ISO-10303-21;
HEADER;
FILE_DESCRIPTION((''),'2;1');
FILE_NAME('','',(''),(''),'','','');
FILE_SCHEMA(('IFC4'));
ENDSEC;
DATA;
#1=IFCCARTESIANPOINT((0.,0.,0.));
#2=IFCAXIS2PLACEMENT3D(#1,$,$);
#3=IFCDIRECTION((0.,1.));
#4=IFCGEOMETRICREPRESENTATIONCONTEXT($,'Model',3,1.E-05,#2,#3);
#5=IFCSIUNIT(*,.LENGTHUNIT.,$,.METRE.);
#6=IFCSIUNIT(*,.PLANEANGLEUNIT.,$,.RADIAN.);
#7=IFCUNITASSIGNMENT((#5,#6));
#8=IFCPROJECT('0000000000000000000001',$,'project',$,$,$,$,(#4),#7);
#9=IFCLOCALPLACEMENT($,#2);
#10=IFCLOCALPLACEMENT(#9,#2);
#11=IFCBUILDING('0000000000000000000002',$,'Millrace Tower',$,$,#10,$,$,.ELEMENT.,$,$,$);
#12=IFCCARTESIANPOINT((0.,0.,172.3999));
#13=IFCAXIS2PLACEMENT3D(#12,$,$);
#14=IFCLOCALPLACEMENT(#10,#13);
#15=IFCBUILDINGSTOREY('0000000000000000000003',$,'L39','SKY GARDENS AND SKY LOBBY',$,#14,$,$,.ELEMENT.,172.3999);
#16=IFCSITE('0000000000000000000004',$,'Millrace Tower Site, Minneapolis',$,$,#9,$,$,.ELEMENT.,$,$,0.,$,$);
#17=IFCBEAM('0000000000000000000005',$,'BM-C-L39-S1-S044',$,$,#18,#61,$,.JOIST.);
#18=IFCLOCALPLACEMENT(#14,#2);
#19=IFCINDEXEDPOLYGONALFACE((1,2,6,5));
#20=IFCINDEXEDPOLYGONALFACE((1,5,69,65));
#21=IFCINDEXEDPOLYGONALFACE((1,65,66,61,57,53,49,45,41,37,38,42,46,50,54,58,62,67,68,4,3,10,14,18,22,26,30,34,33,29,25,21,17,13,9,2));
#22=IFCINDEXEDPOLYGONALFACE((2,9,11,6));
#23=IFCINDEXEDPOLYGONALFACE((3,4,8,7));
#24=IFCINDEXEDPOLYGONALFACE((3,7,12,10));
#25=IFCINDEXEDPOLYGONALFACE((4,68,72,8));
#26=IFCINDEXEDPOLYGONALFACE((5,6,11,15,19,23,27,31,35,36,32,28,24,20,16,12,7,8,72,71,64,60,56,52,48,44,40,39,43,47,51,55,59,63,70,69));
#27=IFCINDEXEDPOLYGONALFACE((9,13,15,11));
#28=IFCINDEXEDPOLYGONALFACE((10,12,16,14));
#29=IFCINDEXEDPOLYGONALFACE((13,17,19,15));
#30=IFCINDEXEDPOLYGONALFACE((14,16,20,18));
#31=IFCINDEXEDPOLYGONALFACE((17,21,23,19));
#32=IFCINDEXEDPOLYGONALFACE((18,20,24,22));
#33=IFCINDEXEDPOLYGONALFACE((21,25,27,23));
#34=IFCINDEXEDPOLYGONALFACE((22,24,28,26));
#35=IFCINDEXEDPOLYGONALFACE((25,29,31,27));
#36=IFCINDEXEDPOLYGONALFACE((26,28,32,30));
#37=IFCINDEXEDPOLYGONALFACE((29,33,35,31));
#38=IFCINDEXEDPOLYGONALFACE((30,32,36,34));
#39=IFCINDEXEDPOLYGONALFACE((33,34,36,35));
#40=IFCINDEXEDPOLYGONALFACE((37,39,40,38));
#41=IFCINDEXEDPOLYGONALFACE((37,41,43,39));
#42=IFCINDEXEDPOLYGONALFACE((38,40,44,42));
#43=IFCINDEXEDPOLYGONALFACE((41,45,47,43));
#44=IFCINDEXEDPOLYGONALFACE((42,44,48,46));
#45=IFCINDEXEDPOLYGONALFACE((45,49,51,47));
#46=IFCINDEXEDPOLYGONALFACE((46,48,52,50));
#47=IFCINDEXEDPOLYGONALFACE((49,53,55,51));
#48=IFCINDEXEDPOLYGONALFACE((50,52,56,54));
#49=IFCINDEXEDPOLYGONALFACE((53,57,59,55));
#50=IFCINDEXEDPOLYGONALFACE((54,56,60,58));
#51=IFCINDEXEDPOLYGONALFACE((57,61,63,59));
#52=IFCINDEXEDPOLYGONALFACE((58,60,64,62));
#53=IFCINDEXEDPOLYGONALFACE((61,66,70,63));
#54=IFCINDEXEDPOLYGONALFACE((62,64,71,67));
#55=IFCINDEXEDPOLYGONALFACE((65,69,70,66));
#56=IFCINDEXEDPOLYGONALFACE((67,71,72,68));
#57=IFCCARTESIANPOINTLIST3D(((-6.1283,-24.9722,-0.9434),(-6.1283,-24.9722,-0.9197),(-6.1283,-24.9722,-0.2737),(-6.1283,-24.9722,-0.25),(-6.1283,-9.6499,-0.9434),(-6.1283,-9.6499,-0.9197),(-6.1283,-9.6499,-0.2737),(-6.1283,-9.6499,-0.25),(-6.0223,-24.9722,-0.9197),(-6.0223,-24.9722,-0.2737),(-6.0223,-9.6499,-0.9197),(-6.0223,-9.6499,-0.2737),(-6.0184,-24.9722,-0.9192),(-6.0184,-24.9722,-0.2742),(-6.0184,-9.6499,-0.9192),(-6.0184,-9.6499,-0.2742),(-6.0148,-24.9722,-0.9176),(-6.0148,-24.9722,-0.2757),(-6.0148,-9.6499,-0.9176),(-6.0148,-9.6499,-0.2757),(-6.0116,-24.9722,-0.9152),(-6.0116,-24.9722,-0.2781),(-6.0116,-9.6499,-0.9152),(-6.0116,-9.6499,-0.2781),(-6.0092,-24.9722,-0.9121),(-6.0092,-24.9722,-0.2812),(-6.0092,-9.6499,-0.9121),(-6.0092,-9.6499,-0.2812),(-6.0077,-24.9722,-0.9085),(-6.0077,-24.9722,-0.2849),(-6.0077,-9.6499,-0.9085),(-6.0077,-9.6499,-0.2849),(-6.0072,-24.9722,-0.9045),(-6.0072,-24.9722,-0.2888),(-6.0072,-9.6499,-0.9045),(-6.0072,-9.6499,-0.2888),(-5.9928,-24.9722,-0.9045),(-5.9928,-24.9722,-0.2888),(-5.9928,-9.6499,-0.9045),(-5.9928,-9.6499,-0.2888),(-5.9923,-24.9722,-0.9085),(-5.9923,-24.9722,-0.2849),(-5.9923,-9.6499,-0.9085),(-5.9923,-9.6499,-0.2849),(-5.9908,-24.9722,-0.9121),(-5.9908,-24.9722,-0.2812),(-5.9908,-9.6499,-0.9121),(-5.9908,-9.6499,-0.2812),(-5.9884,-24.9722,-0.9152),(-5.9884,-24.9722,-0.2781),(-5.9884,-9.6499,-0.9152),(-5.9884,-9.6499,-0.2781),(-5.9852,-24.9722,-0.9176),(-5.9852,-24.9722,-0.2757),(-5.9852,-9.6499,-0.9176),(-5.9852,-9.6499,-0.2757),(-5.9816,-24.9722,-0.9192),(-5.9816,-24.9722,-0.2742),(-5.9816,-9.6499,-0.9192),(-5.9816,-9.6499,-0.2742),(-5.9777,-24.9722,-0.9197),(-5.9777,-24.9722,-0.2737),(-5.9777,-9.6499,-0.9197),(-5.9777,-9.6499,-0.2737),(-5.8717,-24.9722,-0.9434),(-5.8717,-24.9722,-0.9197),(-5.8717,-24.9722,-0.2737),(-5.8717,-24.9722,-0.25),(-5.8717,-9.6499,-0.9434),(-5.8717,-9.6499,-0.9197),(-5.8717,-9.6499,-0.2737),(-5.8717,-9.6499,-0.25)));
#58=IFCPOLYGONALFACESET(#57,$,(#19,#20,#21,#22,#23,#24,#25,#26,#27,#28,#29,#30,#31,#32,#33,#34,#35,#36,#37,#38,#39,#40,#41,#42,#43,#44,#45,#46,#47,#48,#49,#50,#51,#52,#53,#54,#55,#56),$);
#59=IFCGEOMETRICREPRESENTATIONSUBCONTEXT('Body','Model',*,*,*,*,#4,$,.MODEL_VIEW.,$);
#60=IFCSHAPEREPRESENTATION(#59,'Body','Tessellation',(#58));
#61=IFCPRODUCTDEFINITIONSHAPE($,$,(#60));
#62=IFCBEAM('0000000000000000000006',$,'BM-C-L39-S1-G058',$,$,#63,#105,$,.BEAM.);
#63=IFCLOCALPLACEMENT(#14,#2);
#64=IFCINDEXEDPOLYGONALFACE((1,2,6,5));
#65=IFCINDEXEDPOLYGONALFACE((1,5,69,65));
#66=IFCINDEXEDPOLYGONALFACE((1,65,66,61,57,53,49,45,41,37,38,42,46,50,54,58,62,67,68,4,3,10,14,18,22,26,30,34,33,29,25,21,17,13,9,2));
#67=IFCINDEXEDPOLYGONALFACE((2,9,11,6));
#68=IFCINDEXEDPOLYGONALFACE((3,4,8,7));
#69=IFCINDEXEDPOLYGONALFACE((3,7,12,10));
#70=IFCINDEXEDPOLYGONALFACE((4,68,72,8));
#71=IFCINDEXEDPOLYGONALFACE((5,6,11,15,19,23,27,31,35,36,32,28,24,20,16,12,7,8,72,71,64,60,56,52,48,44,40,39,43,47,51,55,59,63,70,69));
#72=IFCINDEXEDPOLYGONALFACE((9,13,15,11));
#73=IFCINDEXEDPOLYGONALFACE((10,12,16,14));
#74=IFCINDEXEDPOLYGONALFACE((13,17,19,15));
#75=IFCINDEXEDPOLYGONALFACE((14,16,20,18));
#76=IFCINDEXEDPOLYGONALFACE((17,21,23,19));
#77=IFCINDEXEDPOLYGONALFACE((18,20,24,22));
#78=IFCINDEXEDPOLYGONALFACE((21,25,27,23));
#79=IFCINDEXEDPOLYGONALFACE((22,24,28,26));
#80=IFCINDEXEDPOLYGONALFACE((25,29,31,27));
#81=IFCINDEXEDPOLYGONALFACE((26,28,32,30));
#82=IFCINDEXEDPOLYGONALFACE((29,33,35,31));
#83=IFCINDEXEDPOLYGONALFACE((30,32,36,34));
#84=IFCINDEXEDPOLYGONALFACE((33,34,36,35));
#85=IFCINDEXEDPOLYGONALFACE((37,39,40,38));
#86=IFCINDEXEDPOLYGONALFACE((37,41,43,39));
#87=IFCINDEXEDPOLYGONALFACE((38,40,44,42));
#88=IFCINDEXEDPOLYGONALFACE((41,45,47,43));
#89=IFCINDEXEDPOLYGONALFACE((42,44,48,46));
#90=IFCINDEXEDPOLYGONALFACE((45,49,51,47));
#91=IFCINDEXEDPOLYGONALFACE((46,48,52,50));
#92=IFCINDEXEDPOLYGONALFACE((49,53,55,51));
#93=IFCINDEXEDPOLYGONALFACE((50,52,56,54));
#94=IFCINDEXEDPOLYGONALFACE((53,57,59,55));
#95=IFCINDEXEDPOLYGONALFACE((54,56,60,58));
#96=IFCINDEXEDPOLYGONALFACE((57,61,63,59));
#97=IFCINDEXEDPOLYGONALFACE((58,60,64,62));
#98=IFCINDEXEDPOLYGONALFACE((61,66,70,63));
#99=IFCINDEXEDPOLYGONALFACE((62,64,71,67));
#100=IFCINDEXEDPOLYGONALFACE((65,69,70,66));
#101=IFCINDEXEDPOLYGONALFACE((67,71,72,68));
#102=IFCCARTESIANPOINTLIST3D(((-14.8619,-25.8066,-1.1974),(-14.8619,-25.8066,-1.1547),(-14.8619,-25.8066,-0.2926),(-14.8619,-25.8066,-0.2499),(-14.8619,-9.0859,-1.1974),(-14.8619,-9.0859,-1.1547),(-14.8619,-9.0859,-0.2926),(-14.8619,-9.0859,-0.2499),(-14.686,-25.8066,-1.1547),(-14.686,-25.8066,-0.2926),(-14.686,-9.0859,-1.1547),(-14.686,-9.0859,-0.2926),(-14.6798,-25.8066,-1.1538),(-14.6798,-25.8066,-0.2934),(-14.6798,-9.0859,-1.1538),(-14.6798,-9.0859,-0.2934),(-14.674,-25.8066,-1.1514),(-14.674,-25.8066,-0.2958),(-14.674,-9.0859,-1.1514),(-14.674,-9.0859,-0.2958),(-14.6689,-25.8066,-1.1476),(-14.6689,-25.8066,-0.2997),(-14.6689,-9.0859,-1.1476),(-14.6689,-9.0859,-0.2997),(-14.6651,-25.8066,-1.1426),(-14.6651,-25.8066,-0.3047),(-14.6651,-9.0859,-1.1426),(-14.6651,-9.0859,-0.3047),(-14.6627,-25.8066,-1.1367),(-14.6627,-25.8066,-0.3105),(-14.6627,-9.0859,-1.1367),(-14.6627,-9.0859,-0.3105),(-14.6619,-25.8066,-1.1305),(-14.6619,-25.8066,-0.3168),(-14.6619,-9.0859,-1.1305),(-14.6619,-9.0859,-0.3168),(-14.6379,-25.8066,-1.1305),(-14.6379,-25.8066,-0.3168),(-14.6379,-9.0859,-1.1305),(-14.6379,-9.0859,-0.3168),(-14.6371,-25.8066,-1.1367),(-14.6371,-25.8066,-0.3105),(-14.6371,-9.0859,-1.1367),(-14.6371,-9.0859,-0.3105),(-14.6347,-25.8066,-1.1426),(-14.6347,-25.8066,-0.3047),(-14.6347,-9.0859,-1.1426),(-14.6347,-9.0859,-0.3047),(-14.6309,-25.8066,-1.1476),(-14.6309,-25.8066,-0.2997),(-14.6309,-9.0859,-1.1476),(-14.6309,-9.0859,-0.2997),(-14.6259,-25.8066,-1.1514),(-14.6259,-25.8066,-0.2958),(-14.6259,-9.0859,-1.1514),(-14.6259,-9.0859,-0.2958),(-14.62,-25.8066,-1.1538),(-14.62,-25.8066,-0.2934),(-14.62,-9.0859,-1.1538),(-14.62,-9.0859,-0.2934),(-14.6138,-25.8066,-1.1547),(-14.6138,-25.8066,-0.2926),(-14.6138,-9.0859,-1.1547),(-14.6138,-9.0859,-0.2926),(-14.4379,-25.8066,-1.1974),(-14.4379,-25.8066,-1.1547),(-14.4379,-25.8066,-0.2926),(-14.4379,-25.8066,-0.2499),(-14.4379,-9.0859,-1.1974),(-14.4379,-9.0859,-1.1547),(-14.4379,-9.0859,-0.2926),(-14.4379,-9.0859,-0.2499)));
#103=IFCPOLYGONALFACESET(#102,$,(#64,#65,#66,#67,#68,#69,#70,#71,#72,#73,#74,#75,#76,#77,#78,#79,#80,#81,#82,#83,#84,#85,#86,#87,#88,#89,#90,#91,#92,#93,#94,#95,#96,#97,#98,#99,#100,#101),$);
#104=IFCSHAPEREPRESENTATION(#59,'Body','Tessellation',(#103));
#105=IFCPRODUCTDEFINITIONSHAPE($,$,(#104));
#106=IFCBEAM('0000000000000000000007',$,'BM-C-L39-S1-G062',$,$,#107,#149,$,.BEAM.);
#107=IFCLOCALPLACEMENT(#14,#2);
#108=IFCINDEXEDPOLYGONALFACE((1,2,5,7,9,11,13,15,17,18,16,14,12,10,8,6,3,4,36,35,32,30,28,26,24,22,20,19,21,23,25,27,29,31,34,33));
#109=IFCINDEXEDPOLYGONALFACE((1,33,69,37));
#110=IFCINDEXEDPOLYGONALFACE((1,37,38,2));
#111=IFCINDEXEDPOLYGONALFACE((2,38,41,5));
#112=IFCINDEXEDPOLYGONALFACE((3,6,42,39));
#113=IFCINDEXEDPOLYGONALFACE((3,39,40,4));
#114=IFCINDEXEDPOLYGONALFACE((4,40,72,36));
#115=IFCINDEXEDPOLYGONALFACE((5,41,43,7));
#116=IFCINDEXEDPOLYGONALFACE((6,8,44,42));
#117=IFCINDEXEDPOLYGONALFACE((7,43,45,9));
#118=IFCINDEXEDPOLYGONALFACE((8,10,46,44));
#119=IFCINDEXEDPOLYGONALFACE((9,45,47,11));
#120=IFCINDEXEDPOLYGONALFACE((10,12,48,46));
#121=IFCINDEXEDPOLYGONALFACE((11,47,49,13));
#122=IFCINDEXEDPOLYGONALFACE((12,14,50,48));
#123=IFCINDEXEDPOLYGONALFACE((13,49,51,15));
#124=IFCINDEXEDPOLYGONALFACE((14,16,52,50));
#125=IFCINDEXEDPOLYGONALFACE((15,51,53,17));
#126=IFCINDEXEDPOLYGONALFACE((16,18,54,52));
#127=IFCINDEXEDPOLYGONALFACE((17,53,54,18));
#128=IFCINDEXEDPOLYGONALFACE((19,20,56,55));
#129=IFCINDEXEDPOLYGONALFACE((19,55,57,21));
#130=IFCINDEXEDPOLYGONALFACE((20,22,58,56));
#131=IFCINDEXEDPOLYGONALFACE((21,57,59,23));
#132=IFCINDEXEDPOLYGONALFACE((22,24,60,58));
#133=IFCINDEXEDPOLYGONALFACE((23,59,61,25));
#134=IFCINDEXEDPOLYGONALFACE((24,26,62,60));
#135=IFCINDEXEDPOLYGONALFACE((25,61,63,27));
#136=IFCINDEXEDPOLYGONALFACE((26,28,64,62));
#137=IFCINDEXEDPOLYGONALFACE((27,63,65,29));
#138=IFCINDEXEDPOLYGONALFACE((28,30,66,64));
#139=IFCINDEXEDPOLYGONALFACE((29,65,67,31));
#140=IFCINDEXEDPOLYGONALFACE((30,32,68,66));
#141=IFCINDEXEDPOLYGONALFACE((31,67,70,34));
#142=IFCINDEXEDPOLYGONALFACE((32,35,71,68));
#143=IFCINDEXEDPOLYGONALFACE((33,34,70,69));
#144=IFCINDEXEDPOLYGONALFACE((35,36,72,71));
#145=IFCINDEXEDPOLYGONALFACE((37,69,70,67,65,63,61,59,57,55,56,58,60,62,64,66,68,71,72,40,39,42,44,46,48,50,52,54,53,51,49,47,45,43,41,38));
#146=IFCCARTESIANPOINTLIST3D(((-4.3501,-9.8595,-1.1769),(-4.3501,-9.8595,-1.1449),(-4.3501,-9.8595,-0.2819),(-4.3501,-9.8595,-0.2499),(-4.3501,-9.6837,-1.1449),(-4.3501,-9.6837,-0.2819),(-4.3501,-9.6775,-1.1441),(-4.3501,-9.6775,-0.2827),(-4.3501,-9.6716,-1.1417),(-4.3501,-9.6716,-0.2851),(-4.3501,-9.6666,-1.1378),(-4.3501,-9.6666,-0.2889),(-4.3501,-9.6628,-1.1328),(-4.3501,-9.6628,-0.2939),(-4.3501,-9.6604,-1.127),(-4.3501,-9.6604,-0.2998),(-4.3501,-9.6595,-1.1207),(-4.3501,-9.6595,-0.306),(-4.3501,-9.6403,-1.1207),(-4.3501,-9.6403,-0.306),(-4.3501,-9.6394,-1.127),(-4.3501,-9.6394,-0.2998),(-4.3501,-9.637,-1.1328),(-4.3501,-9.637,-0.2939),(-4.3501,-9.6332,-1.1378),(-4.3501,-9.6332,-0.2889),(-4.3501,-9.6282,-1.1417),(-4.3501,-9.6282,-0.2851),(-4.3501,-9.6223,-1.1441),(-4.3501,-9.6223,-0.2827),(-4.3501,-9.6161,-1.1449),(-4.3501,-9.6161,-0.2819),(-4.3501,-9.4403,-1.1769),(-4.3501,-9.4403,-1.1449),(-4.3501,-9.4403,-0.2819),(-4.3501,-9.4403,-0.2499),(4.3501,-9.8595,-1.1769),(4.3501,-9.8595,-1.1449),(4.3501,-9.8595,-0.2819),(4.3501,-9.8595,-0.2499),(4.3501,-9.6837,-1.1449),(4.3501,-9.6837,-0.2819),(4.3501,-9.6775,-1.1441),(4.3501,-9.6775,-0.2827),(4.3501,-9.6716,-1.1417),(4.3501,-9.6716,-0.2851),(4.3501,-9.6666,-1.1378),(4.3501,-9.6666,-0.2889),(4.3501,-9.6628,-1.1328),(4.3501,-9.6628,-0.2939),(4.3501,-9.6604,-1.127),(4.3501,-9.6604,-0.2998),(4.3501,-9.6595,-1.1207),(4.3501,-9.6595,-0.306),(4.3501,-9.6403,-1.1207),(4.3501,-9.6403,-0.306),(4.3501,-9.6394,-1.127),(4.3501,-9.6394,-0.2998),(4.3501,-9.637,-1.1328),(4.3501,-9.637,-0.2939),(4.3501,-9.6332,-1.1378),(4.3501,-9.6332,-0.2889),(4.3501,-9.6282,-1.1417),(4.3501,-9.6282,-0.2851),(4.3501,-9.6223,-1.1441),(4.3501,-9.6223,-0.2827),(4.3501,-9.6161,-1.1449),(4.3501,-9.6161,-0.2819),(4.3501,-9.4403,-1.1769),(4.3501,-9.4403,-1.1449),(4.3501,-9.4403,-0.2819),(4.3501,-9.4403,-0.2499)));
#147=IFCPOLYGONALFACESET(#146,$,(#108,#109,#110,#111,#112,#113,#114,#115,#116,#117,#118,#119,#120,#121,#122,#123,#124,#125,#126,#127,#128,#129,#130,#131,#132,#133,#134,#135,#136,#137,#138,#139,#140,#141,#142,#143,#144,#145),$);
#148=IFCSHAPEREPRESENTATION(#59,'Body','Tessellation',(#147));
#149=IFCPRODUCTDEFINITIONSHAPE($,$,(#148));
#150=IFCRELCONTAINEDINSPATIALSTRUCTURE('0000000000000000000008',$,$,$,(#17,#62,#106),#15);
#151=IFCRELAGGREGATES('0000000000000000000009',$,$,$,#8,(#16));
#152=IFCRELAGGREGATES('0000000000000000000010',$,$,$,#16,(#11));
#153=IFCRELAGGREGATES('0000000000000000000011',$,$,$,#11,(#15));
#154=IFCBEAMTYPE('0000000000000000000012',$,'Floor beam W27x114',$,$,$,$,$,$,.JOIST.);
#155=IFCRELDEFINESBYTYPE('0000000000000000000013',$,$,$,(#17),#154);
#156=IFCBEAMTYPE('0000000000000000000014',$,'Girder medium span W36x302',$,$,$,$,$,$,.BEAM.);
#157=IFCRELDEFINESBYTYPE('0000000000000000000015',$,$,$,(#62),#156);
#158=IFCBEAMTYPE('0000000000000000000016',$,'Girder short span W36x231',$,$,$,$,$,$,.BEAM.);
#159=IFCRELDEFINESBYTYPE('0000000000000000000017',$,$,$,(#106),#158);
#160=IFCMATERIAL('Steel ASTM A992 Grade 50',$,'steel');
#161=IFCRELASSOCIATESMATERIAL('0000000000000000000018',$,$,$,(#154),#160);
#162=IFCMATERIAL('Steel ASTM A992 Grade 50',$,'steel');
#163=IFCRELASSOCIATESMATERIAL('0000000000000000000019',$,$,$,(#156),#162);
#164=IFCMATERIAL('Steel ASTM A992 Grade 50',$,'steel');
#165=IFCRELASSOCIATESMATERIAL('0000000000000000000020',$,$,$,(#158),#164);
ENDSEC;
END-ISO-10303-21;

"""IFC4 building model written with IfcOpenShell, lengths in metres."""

from ifc_helpers import new_model, si_unit, direction, frame, origin, origin_2d, place, context, subcontext, project, spatial, i_section, extrude, material, material_profile, profile_set, type_object, element, save


model = new_model("IFC4")

# Units and contexts
model_context = context("Model", 3, precision=1e-05, world=origin(), true_north=direction((0.0, 1.0)))
body_context = subcontext(model_context, "Body", "Model", "MODEL_VIEW")
ifc_project = project(units=[si_unit("LENGTHUNIT", "METRE"), si_unit("PLANEANGLEUNIT", "RADIAN")], contexts=[model_context])

# Site, building, storey
site_placement = place(None, origin())
site = spatial("IfcSite", under=ifc_project, at=site_placement, Name="Millrace Tower Site, Minneapolis", CompositionType="ELEMENT", RefElevation=0.0)
building_placement = place(site_placement, origin())
building = spatial("IfcBuilding", under=site, at=building_placement, Name="Millrace Tower", CompositionType="ELEMENT")
storey_placement = place(building_placement, frame((0.0, 0.0, 172.3999)))
storey = spatial("IfcBuildingStorey", under=building, at=storey_placement, Name="L39", Description="SKY GARDENS AND SKY LOBBY", CompositionType="ELEMENT", Elevation=172.3999)

# Beams
ifc_material_1 = material(Name="Steel ASTM A992 Grade 50", Category="steel")
ifc_material_profile_1 = material_profile(ifc_material_1, i_section(OverallWidth=0.2566, OverallDepth=0.6934, WebThickness=0.0144, FlangeThickness=0.0237, FilletRadius=0.0151, at=origin_2d()))
ifc_profile_set_1 = profile_set([ifc_material_profile_1], Name="Steel ASTM A992 Grade 50")
beam_type_1 = type_object("IfcBeamType", Name="Floor beam W27x114", PredefinedType="JOIST", material=ifc_profile_set_1)
beam_1_placement = place(storey_placement, frame((-6.0, -24.9722, -0.5967), z_axis=(0.0, 1.0, 0.0), x_axis=(-1.0, 0.0, 0.0)))
element("IfcBeam", 1, at=beam_1_placement, inside=storey, type_object=beam_type_1, Name="BM-C-L39-S1-S044", PredefinedType="JOIST", context=body_context, shape_type="SweptSolid", body=[
    extrude(i_section(OverallWidth=0.2566, OverallDepth=0.6934, WebThickness=0.0144, FlangeThickness=0.0237, FilletRadius=0.0151, at=origin_2d()), origin(), (0.0, 0.0, 1.0), 15.3223),
])
ifc_material_2 = material(Name="Steel ASTM A992 Grade 50", Category="steel")
ifc_material_profile_2 = material_profile(ifc_material_2, i_section(OverallWidth=0.4241, OverallDepth=0.9475, WebThickness=0.0239, FlangeThickness=0.0427, FilletRadius=0.0242, at=origin_2d()))
ifc_profile_set_2 = profile_set([ifc_material_profile_2], Name="Steel ASTM A992 Grade 50")
beam_type_2 = type_object("IfcBeamType", Name="Girder medium span W36x302", PredefinedType="BEAM", material=ifc_profile_set_2)
beam_2_placement = place(storey_placement, frame((-14.6499, -25.8066, -0.7236), z_axis=(0.0, 1.0, 0.0), x_axis=(-1.0, 0.0, 0.0)))
element("IfcBeam", 2, at=beam_2_placement, inside=storey, type_object=beam_type_2, Name="BM-C-L39-S1-G058", PredefinedType="BEAM", context=body_context, shape_type="SweptSolid", body=[
    extrude(i_section(OverallWidth=0.4241, OverallDepth=0.9475, WebThickness=0.0239, FlangeThickness=0.0427, FilletRadius=0.0242, at=origin_2d()), origin(), (0.0, 0.0, 1.0), 16.7207),
])
ifc_material_3 = material(Name="Steel ASTM A992 Grade 50", Category="steel")
ifc_material_profile_3 = material_profile(ifc_material_3, i_section(OverallWidth=0.4192, OverallDepth=0.927, WebThickness=0.0193, FlangeThickness=0.032, FilletRadius=0.0242, at=origin_2d()))
ifc_profile_set_3 = profile_set([ifc_material_profile_3], Name="Steel ASTM A992 Grade 50")
beam_type_3 = type_object("IfcBeamType", Name="Girder short span W36x231", PredefinedType="BEAM", material=ifc_profile_set_3)
beam_3_placement = place(storey_placement, frame((-4.3501, -9.6499, -0.7134), z_axis=(1.0, 0.0, 0.0), x_axis=(0.0, 1.0, 0.0)))
element("IfcBeam", 3, at=beam_3_placement, inside=storey, type_object=beam_type_3, Name="BM-C-L39-S1-G062", PredefinedType="BEAM", context=body_context, shape_type="SweptSolid", body=[
    extrude(i_section(OverallWidth=0.4192, OverallDepth=0.927, WebThickness=0.0193, FlangeThickness=0.032, FilletRadius=0.0242, at=origin_2d()), origin(), (0.0, 0.0, 1.0), 8.7002),
])

save(model, "model.ifc")
